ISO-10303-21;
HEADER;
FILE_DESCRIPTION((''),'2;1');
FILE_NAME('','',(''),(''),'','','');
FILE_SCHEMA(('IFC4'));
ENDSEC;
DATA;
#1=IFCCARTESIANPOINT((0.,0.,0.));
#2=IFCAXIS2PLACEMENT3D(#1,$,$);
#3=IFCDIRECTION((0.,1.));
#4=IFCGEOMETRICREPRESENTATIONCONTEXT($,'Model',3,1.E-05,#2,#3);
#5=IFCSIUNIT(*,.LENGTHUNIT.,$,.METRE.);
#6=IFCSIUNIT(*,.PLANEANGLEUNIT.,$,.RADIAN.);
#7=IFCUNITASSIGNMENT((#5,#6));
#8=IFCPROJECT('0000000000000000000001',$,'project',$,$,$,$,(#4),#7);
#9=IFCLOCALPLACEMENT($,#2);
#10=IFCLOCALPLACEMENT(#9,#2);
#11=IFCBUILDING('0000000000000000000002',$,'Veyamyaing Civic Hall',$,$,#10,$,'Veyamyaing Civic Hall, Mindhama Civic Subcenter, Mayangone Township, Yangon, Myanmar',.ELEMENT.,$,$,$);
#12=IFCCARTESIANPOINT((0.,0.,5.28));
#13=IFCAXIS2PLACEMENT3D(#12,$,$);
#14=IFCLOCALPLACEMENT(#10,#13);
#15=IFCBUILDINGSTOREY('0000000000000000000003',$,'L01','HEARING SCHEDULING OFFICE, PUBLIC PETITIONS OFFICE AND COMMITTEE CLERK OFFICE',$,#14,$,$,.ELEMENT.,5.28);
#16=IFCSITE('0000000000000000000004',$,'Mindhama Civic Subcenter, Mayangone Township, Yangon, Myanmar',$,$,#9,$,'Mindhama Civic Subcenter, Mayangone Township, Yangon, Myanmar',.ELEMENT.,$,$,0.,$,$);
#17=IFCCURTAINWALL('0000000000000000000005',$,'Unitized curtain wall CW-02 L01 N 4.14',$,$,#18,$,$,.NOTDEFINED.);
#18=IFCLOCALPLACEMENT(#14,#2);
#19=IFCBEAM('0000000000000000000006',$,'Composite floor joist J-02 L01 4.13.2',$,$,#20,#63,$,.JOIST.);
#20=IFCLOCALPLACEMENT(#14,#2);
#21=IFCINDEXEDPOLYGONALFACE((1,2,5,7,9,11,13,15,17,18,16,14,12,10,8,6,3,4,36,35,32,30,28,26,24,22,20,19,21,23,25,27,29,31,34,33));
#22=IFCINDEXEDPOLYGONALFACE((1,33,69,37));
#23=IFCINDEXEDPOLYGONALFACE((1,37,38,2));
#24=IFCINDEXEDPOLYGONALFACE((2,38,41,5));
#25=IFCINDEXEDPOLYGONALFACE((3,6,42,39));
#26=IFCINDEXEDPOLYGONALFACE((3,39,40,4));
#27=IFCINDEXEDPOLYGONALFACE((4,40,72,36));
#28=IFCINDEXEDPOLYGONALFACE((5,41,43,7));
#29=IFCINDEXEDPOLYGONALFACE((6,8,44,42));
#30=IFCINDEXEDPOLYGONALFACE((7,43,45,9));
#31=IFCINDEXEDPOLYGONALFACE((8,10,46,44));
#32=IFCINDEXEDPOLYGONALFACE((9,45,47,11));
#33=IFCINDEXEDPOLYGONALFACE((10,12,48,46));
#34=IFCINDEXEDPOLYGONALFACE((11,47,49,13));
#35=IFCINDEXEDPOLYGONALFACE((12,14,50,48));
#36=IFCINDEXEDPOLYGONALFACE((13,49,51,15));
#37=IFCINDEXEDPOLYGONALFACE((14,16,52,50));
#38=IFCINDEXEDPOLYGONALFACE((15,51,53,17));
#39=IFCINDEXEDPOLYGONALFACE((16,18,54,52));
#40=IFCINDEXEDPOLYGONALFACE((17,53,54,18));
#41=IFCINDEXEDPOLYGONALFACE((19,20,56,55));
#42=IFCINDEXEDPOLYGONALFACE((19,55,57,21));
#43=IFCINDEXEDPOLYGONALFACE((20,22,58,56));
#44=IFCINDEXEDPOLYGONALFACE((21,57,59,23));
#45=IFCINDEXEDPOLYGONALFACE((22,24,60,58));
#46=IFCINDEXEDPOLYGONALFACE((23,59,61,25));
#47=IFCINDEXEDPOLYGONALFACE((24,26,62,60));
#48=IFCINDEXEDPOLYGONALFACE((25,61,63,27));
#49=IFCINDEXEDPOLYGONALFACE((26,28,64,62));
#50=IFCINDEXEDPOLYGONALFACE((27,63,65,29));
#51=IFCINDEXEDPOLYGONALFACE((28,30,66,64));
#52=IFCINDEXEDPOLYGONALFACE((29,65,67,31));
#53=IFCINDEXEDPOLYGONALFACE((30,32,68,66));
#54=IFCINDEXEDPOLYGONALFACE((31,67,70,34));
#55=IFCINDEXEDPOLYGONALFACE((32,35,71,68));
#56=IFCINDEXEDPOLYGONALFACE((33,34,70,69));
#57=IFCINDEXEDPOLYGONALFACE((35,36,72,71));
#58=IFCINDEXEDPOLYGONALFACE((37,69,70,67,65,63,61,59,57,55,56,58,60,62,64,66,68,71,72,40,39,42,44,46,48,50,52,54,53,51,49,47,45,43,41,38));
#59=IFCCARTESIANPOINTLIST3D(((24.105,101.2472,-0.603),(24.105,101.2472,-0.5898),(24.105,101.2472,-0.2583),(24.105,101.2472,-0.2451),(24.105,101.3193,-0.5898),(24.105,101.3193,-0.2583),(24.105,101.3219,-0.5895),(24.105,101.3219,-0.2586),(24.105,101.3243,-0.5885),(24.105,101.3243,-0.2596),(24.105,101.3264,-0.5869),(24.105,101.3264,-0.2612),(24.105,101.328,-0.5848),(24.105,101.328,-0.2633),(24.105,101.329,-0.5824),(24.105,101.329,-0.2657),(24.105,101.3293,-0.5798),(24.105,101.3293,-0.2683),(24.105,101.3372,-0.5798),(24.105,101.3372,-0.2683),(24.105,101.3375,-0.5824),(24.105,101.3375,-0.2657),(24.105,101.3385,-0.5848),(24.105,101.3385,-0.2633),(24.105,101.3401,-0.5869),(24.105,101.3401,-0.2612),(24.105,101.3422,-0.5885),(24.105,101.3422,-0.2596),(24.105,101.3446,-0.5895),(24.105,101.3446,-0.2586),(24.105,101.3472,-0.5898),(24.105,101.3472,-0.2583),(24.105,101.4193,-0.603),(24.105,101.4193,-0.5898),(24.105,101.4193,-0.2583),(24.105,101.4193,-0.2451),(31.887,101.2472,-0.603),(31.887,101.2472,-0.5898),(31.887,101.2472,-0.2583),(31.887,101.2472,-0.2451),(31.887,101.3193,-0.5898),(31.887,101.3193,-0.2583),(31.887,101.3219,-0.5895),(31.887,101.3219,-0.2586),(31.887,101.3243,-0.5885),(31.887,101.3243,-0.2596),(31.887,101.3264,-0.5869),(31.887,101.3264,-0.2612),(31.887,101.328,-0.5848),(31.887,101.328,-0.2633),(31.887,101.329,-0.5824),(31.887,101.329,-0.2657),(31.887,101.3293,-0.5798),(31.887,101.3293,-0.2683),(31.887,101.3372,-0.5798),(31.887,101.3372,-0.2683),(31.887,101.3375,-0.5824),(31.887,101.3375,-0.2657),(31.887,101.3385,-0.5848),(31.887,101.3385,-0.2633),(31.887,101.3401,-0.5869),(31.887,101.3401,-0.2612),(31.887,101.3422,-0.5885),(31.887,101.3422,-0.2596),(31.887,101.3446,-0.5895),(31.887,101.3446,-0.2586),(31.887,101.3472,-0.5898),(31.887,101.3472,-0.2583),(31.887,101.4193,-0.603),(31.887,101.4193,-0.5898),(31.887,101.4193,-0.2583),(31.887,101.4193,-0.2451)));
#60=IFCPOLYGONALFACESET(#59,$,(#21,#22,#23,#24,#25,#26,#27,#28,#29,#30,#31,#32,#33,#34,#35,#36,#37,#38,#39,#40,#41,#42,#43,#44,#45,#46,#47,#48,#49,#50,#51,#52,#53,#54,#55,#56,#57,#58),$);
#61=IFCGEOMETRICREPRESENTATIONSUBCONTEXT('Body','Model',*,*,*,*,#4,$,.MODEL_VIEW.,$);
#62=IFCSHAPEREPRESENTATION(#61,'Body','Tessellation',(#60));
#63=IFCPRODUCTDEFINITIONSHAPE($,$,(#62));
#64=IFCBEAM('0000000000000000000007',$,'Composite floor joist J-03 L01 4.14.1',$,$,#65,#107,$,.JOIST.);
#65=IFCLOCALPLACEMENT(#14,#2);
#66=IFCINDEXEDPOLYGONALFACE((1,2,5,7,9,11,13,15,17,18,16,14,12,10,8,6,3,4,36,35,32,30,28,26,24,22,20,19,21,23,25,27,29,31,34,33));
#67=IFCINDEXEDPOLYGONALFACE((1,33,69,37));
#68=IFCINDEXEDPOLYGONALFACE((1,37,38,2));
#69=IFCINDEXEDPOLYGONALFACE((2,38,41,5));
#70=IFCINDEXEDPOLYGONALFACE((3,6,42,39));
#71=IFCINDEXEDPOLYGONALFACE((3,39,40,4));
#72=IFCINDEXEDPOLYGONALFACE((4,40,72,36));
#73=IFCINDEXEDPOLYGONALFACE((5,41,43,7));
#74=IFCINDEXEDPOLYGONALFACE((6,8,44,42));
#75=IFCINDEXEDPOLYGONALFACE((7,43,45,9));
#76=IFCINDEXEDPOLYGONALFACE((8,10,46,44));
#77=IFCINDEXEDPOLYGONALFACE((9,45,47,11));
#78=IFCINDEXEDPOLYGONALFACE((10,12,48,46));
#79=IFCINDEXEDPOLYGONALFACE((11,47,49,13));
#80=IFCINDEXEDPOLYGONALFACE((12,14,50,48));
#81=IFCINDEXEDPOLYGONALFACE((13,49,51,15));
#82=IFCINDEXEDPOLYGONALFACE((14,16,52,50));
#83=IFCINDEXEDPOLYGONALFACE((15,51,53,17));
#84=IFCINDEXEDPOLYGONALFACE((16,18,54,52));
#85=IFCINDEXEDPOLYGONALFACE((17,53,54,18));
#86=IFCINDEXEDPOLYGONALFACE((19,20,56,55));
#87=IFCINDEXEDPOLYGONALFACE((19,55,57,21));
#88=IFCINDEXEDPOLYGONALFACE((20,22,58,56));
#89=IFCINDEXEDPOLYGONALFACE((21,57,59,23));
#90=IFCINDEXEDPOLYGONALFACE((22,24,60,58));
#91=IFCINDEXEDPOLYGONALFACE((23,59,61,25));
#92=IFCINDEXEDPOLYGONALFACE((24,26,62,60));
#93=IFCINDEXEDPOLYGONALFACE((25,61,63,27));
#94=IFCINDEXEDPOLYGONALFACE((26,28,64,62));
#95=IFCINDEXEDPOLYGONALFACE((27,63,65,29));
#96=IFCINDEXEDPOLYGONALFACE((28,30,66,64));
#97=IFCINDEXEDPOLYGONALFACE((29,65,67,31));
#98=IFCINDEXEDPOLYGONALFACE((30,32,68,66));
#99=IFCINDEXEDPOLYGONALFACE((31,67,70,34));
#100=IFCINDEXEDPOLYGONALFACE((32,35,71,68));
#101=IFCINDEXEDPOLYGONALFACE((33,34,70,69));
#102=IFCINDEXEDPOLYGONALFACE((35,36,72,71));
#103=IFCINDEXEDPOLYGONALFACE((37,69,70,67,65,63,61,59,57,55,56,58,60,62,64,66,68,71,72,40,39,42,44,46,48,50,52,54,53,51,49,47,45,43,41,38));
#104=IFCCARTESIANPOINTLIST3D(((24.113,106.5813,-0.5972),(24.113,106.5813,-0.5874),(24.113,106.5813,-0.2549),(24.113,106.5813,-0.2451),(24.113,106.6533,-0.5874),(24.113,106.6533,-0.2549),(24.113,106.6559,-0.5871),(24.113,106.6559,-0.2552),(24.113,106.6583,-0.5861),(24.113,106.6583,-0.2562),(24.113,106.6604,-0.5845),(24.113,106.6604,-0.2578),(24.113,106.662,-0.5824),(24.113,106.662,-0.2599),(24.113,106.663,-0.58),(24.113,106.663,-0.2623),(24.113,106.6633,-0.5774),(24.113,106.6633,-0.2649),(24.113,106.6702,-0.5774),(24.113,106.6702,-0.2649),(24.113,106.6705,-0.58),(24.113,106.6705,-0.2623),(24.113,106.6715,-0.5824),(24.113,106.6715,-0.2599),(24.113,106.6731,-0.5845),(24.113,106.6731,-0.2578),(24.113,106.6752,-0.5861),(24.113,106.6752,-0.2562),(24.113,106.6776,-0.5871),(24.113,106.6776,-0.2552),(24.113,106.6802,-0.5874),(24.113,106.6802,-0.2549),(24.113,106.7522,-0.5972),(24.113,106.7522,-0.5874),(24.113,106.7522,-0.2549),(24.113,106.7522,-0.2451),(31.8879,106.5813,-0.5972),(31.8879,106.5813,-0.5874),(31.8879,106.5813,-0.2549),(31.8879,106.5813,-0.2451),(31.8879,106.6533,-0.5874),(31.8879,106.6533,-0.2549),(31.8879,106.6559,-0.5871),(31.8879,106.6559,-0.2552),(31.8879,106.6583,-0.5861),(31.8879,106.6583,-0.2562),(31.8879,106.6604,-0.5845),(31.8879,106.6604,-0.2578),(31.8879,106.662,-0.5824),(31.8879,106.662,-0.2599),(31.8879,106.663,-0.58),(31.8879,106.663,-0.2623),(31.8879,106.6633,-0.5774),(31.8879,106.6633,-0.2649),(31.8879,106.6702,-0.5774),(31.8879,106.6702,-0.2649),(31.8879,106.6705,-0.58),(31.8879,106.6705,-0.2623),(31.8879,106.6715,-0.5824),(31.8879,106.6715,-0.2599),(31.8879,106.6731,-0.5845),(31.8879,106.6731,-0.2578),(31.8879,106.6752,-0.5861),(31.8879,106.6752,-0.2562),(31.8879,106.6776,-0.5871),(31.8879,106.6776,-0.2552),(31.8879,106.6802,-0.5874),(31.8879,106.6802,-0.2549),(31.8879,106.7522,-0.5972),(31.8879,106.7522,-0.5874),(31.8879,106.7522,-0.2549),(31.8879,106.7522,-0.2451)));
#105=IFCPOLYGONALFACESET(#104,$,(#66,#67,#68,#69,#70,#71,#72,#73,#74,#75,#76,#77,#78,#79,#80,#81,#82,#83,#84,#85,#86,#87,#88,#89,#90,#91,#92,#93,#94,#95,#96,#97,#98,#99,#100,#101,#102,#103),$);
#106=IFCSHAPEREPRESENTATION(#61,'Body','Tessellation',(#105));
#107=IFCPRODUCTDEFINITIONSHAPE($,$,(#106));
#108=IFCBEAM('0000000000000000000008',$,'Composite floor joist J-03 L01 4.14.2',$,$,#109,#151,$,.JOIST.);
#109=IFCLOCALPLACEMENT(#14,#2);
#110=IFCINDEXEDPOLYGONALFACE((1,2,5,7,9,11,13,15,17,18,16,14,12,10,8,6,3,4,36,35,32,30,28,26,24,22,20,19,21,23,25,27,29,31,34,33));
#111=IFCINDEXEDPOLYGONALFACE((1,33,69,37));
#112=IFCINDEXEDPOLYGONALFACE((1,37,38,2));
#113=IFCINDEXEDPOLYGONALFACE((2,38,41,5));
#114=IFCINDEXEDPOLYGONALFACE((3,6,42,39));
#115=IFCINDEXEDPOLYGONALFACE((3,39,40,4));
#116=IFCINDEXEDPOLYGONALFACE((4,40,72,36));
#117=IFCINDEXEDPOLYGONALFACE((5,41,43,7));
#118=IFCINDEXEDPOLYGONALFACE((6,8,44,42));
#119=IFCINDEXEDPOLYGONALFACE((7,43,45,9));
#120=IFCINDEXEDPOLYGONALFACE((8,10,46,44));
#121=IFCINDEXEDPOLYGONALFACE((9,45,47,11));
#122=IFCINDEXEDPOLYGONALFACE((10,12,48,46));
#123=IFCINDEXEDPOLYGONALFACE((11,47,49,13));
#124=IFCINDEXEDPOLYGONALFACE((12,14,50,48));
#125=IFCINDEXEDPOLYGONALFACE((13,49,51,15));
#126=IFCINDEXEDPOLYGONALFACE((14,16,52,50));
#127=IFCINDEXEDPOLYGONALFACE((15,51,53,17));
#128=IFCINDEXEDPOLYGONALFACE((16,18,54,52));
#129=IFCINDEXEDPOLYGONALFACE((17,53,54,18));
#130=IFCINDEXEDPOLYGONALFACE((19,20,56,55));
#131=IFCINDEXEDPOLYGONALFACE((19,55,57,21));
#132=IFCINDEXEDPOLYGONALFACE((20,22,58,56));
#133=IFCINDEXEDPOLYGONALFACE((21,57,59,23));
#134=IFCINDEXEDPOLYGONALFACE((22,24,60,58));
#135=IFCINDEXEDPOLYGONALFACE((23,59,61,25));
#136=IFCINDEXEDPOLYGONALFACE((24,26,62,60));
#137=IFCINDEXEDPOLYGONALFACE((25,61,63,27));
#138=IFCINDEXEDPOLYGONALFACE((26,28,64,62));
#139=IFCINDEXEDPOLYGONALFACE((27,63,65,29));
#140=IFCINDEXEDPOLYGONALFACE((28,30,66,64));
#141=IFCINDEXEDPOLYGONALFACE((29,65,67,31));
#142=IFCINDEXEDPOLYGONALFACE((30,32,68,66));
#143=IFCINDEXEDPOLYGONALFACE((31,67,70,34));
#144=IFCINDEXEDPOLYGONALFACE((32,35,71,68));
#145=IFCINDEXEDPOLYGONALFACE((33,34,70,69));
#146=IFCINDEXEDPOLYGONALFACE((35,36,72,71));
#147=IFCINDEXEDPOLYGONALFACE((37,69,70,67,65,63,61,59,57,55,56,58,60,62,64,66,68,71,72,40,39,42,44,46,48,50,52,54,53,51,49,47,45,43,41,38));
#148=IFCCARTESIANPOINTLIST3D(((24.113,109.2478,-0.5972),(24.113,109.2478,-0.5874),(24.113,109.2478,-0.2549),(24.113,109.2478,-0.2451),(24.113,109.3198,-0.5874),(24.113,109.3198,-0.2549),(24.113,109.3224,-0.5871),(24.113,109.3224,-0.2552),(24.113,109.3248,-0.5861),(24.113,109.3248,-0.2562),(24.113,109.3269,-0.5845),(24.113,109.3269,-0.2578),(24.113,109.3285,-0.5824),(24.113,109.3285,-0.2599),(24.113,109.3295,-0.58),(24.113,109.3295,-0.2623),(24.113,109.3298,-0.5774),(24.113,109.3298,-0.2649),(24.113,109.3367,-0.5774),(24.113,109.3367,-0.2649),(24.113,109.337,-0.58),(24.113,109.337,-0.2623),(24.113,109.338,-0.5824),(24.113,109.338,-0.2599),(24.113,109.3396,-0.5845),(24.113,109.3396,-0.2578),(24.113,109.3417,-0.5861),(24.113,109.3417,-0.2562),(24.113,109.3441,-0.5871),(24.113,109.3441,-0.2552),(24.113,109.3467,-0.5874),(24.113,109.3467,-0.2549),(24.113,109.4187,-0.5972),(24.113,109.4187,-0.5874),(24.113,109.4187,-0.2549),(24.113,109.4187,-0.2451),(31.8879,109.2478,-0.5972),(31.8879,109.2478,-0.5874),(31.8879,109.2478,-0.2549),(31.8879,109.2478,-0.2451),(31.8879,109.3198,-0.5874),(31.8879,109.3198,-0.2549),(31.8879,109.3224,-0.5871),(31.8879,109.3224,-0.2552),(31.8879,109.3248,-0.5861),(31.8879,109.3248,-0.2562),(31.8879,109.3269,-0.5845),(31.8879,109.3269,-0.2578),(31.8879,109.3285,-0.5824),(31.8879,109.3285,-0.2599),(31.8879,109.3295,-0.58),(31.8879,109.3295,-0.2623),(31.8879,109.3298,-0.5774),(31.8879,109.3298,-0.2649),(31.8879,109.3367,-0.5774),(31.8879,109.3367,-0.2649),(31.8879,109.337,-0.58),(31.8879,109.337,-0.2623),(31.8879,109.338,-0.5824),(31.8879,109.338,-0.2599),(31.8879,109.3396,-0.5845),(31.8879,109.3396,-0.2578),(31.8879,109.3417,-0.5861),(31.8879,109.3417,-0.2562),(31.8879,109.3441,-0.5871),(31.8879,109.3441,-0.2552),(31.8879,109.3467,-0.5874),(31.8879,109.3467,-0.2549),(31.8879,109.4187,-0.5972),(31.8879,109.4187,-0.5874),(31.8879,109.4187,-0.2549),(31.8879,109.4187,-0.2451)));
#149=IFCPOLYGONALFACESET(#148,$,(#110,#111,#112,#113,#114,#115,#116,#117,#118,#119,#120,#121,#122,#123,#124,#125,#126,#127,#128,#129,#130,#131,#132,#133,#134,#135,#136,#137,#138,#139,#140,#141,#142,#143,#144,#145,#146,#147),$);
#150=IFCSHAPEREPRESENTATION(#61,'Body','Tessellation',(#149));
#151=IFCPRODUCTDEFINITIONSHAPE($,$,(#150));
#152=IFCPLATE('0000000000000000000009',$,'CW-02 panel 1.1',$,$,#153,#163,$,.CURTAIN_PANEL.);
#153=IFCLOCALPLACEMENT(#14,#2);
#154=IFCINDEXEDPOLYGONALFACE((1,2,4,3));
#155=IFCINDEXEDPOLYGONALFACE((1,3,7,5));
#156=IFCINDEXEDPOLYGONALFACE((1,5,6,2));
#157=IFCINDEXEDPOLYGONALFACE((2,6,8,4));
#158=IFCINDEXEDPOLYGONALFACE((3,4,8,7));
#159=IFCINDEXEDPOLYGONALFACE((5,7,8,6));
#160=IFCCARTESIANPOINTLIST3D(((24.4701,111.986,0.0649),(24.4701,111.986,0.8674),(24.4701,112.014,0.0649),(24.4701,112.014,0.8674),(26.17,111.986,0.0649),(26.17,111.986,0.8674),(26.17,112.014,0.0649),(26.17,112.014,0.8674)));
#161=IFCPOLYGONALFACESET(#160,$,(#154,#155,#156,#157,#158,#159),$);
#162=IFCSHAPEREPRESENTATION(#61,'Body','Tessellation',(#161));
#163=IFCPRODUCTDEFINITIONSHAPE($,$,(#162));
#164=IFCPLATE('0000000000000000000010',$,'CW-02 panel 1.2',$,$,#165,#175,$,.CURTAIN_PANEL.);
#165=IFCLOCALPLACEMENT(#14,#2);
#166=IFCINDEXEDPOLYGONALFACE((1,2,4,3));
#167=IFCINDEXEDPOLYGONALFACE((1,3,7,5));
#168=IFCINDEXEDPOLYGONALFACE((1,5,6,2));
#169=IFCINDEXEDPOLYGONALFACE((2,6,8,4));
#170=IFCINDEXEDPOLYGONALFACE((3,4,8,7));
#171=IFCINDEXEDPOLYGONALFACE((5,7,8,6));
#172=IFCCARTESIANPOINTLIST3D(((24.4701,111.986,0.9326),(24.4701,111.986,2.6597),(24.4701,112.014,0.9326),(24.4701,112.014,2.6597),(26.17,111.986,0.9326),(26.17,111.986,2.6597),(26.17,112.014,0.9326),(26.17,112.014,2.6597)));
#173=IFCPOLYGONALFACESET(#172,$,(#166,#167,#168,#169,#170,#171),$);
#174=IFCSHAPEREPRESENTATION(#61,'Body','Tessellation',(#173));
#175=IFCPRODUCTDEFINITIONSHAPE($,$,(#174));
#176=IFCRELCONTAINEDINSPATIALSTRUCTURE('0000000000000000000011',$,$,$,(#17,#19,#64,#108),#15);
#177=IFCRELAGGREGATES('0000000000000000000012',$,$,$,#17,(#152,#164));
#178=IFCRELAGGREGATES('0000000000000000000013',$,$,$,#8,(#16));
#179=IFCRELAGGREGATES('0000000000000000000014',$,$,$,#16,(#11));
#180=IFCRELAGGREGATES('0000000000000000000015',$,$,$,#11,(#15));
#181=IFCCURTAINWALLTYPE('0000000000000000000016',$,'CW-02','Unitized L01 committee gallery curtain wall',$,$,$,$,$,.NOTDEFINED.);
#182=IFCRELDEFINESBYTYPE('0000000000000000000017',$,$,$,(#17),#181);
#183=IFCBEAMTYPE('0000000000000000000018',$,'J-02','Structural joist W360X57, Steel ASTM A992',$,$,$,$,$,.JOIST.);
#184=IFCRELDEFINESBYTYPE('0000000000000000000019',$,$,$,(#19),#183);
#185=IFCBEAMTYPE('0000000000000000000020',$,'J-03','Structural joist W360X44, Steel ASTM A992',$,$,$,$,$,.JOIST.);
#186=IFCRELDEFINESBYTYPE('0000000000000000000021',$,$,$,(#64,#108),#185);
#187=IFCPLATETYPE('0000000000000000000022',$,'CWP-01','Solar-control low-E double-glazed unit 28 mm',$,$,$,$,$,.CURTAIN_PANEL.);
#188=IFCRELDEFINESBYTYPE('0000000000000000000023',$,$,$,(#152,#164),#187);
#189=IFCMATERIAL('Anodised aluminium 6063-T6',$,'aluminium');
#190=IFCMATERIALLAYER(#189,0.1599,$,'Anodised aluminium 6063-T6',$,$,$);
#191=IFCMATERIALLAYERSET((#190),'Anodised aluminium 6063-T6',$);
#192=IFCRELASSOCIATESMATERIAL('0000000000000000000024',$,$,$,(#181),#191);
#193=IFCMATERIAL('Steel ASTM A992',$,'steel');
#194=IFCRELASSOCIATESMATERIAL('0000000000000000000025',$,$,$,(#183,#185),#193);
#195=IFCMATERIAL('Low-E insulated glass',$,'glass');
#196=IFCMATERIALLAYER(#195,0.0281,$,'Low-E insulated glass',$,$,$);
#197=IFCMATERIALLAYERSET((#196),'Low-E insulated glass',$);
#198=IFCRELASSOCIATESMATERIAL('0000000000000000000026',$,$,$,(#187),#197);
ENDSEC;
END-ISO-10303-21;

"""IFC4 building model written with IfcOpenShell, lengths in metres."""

from ifc_helpers import new_model, si_unit, direction, frame, origin, origin_2d, place, context, subcontext, project, spatial, rectangle, i_section, extrude, material, layer, layer_set, material_profile, profile_set, type_object, element, aggregate, save


model = new_model("IFC4")

# Units and contexts
model_context = context("Model", 3, precision=1e-05, world=origin(), true_north=direction((0.0, 1.0)))
body_context = subcontext(model_context, "Body", "Model", "MODEL_VIEW")
ifc_project = project(units=[si_unit("LENGTHUNIT", "METRE"), si_unit("PLANEANGLEUNIT", "RADIAN")], contexts=[model_context])

# Site, building, storey
site_placement = place(None, origin())
site = spatial("IfcSite", under=ifc_project, at=site_placement, Name="Mindhama Civic Subcenter, Mayangone Township, Yangon, Myanmar", LongName="Mindhama Civic Subcenter, Mayangone Township, Yangon, Myanmar", CompositionType="ELEMENT", RefElevation=0.0)
building_placement = place(site_placement, origin())
building = spatial("IfcBuilding", under=site, at=building_placement, Name="Veyamyaing Civic Hall", LongName="Veyamyaing Civic Hall, Mindhama Civic Subcenter, Mayangone Township, Yangon, Myanmar", CompositionType="ELEMENT")
storey_placement = place(building_placement, frame((0.0, 0.0, 5.28)))
storey = spatial("IfcBuildingStorey", under=building, at=storey_placement, Name="L01", Description="HEARING SCHEDULING OFFICE, PUBLIC PETITIONS OFFICE AND COMMITTEE CLERK OFFICE", CompositionType="ELEMENT", Elevation=5.28)

# Shared definitions
ifc_material_1 = material(Name="Steel ASTM A992", Category="steel")

# Curtain wall
ifc_material_2 = material(Name="Anodised aluminium 6063-T6", Category="aluminium")
ifc_layer_1 = layer(ifc_material_2, 0.1599, Name="Anodised aluminium 6063-T6")
ifc_layer_set_1 = layer_set([ifc_layer_1], Name="Anodised aluminium 6063-T6")
curtain_wall_type = type_object("IfcCurtainWallType", Name="CW-02", Description="Unitized L01 committee gallery curtain wall", PredefinedType="NOTDEFINED", material=ifc_layer_set_1)
curtain_wall_placement = place(storey_placement, origin())
curtain_wall = element("IfcCurtainWall", 1, at=curtain_wall_placement, inside=storey, type_object=curtain_wall_type, Name="Unitized curtain wall CW-02 L01 N 4.14", PredefinedType="NOTDEFINED")

# Beams
ifc_material_profile_1 = material_profile(ifc_material_1, i_section(OverallWidth=0.1721, OverallDepth=0.3579, WebThickness=0.0078, FlangeThickness=0.0132, FilletRadius=0.01, at=origin_2d()), Name="W360X57")
ifc_profile_set_1 = profile_set([ifc_material_profile_1], Name="Steel ASTM A992")
beam_type_1 = type_object("IfcBeamType", Name="J-02", Description="Structural joist W360X57, Steel ASTM A992", PredefinedType="JOIST", material=ifc_profile_set_1)
for number, where, z_axis, x_axis, name in (
    (2, (24.105, 101.3333, -0.4241), (1.0, 0.0, 0.0), (0.0, 1.0, 0.0), "Composite floor joist J-02 L01 4.13.2"),
):
    element("IfcBeam", number, at=place(storey_placement, frame(where, z_axis=z_axis, x_axis=x_axis)), inside=storey, type_object=beam_type_1, Name=name, PredefinedType="JOIST", context=body_context, shape_type="SweptSolid", body=[
        extrude(i_section(OverallWidth=0.1721, OverallDepth=0.3579, WebThickness=0.0078, FlangeThickness=0.0132, FilletRadius=0.01, at=origin_2d()), origin(), (0.0, 0.0, 1.0), 7.782),
    ])
ifc_material_profile_2 = material_profile(ifc_material_1, i_section(OverallWidth=0.1709, OverallDepth=0.3521, WebThickness=0.0068, FlangeThickness=0.0098, FilletRadius=0.01, at=origin_2d()), Name="W360X44")
ifc_profile_set_2 = profile_set([ifc_material_profile_2], Name="Steel ASTM A992")
beam_type_2 = type_object("IfcBeamType", Name="J-03", Description="Structural joist W360X44, Steel ASTM A992", PredefinedType="JOIST", material=ifc_profile_set_2)
for number, where, z_axis, x_axis, name in (
    (3, (24.113, 106.6667, -0.4211), (1.0, 0.0, 0.0), (0.0, 1.0, 0.0), "Composite floor joist J-03 L01 4.14.1"),
    (4, (24.113, 109.3333, -0.4211), (1.0, 0.0, 0.0), (0.0, 1.0, 0.0), "Composite floor joist J-03 L01 4.14.2"),
):
    element("IfcBeam", number, at=place(storey_placement, frame(where, z_axis=z_axis, x_axis=x_axis)), inside=storey, type_object=beam_type_2, Name=name, PredefinedType="JOIST", context=body_context, shape_type="SweptSolid", body=[
        extrude(i_section(OverallWidth=0.1709, OverallDepth=0.3521, WebThickness=0.0068, FlangeThickness=0.0098, FilletRadius=0.01, at=origin_2d()), origin(), (0.0, 0.0, 1.0), 7.7749),
    ])

# Plates
ifc_material_3 = material(Name="Low-E insulated glass", Category="glass")
ifc_layer_2 = layer(ifc_material_3, 0.0281, Name="Low-E insulated glass")
ifc_layer_set_2 = layer_set([ifc_layer_2], Name="Low-E insulated glass")
plate_type = type_object("IfcPlateType", Name="CWP-01", Description="Solar-control low-E double-glazed unit 28 mm", PredefinedType="CURTAIN_PANEL", material=ifc_layer_set_2)
plate_1_placement = place(storey_placement, frame((25.3201, 112.0, 0.0649), z_axis=(0.0, 0.0, 1.0), x_axis=(1.0, 0.0, 0.0)))
plate_1 = element("IfcPlate", 5, at=plate_1_placement, type_object=plate_type, Name="CW-02 panel 1.1", PredefinedType="CURTAIN_PANEL", context=body_context, shape_type="SweptSolid", body=[
    extrude(rectangle(XDim=1.7, YDim=0.0281, at=origin_2d()), origin(), (0.0, 0.0, 1.0), 0.8025),
])
plate_2_placement = place(storey_placement, frame((25.3201, 112.0, 0.9326), z_axis=(0.0, 0.0, 1.0), x_axis=(1.0, 0.0, 0.0)))
plate_2 = element("IfcPlate", 6, at=plate_2_placement, type_object=plate_type, Name="CW-02 panel 1.2", PredefinedType="CURTAIN_PANEL", context=body_context, shape_type="SweptSolid", body=[
    extrude(rectangle(XDim=1.7, YDim=0.0281, at=origin_2d()), origin(), (0.0, 0.0, 1.0), 1.7271),
])
aggregate(curtain_wall, [plate_1, plate_2])

save(model, "model.ifc")
